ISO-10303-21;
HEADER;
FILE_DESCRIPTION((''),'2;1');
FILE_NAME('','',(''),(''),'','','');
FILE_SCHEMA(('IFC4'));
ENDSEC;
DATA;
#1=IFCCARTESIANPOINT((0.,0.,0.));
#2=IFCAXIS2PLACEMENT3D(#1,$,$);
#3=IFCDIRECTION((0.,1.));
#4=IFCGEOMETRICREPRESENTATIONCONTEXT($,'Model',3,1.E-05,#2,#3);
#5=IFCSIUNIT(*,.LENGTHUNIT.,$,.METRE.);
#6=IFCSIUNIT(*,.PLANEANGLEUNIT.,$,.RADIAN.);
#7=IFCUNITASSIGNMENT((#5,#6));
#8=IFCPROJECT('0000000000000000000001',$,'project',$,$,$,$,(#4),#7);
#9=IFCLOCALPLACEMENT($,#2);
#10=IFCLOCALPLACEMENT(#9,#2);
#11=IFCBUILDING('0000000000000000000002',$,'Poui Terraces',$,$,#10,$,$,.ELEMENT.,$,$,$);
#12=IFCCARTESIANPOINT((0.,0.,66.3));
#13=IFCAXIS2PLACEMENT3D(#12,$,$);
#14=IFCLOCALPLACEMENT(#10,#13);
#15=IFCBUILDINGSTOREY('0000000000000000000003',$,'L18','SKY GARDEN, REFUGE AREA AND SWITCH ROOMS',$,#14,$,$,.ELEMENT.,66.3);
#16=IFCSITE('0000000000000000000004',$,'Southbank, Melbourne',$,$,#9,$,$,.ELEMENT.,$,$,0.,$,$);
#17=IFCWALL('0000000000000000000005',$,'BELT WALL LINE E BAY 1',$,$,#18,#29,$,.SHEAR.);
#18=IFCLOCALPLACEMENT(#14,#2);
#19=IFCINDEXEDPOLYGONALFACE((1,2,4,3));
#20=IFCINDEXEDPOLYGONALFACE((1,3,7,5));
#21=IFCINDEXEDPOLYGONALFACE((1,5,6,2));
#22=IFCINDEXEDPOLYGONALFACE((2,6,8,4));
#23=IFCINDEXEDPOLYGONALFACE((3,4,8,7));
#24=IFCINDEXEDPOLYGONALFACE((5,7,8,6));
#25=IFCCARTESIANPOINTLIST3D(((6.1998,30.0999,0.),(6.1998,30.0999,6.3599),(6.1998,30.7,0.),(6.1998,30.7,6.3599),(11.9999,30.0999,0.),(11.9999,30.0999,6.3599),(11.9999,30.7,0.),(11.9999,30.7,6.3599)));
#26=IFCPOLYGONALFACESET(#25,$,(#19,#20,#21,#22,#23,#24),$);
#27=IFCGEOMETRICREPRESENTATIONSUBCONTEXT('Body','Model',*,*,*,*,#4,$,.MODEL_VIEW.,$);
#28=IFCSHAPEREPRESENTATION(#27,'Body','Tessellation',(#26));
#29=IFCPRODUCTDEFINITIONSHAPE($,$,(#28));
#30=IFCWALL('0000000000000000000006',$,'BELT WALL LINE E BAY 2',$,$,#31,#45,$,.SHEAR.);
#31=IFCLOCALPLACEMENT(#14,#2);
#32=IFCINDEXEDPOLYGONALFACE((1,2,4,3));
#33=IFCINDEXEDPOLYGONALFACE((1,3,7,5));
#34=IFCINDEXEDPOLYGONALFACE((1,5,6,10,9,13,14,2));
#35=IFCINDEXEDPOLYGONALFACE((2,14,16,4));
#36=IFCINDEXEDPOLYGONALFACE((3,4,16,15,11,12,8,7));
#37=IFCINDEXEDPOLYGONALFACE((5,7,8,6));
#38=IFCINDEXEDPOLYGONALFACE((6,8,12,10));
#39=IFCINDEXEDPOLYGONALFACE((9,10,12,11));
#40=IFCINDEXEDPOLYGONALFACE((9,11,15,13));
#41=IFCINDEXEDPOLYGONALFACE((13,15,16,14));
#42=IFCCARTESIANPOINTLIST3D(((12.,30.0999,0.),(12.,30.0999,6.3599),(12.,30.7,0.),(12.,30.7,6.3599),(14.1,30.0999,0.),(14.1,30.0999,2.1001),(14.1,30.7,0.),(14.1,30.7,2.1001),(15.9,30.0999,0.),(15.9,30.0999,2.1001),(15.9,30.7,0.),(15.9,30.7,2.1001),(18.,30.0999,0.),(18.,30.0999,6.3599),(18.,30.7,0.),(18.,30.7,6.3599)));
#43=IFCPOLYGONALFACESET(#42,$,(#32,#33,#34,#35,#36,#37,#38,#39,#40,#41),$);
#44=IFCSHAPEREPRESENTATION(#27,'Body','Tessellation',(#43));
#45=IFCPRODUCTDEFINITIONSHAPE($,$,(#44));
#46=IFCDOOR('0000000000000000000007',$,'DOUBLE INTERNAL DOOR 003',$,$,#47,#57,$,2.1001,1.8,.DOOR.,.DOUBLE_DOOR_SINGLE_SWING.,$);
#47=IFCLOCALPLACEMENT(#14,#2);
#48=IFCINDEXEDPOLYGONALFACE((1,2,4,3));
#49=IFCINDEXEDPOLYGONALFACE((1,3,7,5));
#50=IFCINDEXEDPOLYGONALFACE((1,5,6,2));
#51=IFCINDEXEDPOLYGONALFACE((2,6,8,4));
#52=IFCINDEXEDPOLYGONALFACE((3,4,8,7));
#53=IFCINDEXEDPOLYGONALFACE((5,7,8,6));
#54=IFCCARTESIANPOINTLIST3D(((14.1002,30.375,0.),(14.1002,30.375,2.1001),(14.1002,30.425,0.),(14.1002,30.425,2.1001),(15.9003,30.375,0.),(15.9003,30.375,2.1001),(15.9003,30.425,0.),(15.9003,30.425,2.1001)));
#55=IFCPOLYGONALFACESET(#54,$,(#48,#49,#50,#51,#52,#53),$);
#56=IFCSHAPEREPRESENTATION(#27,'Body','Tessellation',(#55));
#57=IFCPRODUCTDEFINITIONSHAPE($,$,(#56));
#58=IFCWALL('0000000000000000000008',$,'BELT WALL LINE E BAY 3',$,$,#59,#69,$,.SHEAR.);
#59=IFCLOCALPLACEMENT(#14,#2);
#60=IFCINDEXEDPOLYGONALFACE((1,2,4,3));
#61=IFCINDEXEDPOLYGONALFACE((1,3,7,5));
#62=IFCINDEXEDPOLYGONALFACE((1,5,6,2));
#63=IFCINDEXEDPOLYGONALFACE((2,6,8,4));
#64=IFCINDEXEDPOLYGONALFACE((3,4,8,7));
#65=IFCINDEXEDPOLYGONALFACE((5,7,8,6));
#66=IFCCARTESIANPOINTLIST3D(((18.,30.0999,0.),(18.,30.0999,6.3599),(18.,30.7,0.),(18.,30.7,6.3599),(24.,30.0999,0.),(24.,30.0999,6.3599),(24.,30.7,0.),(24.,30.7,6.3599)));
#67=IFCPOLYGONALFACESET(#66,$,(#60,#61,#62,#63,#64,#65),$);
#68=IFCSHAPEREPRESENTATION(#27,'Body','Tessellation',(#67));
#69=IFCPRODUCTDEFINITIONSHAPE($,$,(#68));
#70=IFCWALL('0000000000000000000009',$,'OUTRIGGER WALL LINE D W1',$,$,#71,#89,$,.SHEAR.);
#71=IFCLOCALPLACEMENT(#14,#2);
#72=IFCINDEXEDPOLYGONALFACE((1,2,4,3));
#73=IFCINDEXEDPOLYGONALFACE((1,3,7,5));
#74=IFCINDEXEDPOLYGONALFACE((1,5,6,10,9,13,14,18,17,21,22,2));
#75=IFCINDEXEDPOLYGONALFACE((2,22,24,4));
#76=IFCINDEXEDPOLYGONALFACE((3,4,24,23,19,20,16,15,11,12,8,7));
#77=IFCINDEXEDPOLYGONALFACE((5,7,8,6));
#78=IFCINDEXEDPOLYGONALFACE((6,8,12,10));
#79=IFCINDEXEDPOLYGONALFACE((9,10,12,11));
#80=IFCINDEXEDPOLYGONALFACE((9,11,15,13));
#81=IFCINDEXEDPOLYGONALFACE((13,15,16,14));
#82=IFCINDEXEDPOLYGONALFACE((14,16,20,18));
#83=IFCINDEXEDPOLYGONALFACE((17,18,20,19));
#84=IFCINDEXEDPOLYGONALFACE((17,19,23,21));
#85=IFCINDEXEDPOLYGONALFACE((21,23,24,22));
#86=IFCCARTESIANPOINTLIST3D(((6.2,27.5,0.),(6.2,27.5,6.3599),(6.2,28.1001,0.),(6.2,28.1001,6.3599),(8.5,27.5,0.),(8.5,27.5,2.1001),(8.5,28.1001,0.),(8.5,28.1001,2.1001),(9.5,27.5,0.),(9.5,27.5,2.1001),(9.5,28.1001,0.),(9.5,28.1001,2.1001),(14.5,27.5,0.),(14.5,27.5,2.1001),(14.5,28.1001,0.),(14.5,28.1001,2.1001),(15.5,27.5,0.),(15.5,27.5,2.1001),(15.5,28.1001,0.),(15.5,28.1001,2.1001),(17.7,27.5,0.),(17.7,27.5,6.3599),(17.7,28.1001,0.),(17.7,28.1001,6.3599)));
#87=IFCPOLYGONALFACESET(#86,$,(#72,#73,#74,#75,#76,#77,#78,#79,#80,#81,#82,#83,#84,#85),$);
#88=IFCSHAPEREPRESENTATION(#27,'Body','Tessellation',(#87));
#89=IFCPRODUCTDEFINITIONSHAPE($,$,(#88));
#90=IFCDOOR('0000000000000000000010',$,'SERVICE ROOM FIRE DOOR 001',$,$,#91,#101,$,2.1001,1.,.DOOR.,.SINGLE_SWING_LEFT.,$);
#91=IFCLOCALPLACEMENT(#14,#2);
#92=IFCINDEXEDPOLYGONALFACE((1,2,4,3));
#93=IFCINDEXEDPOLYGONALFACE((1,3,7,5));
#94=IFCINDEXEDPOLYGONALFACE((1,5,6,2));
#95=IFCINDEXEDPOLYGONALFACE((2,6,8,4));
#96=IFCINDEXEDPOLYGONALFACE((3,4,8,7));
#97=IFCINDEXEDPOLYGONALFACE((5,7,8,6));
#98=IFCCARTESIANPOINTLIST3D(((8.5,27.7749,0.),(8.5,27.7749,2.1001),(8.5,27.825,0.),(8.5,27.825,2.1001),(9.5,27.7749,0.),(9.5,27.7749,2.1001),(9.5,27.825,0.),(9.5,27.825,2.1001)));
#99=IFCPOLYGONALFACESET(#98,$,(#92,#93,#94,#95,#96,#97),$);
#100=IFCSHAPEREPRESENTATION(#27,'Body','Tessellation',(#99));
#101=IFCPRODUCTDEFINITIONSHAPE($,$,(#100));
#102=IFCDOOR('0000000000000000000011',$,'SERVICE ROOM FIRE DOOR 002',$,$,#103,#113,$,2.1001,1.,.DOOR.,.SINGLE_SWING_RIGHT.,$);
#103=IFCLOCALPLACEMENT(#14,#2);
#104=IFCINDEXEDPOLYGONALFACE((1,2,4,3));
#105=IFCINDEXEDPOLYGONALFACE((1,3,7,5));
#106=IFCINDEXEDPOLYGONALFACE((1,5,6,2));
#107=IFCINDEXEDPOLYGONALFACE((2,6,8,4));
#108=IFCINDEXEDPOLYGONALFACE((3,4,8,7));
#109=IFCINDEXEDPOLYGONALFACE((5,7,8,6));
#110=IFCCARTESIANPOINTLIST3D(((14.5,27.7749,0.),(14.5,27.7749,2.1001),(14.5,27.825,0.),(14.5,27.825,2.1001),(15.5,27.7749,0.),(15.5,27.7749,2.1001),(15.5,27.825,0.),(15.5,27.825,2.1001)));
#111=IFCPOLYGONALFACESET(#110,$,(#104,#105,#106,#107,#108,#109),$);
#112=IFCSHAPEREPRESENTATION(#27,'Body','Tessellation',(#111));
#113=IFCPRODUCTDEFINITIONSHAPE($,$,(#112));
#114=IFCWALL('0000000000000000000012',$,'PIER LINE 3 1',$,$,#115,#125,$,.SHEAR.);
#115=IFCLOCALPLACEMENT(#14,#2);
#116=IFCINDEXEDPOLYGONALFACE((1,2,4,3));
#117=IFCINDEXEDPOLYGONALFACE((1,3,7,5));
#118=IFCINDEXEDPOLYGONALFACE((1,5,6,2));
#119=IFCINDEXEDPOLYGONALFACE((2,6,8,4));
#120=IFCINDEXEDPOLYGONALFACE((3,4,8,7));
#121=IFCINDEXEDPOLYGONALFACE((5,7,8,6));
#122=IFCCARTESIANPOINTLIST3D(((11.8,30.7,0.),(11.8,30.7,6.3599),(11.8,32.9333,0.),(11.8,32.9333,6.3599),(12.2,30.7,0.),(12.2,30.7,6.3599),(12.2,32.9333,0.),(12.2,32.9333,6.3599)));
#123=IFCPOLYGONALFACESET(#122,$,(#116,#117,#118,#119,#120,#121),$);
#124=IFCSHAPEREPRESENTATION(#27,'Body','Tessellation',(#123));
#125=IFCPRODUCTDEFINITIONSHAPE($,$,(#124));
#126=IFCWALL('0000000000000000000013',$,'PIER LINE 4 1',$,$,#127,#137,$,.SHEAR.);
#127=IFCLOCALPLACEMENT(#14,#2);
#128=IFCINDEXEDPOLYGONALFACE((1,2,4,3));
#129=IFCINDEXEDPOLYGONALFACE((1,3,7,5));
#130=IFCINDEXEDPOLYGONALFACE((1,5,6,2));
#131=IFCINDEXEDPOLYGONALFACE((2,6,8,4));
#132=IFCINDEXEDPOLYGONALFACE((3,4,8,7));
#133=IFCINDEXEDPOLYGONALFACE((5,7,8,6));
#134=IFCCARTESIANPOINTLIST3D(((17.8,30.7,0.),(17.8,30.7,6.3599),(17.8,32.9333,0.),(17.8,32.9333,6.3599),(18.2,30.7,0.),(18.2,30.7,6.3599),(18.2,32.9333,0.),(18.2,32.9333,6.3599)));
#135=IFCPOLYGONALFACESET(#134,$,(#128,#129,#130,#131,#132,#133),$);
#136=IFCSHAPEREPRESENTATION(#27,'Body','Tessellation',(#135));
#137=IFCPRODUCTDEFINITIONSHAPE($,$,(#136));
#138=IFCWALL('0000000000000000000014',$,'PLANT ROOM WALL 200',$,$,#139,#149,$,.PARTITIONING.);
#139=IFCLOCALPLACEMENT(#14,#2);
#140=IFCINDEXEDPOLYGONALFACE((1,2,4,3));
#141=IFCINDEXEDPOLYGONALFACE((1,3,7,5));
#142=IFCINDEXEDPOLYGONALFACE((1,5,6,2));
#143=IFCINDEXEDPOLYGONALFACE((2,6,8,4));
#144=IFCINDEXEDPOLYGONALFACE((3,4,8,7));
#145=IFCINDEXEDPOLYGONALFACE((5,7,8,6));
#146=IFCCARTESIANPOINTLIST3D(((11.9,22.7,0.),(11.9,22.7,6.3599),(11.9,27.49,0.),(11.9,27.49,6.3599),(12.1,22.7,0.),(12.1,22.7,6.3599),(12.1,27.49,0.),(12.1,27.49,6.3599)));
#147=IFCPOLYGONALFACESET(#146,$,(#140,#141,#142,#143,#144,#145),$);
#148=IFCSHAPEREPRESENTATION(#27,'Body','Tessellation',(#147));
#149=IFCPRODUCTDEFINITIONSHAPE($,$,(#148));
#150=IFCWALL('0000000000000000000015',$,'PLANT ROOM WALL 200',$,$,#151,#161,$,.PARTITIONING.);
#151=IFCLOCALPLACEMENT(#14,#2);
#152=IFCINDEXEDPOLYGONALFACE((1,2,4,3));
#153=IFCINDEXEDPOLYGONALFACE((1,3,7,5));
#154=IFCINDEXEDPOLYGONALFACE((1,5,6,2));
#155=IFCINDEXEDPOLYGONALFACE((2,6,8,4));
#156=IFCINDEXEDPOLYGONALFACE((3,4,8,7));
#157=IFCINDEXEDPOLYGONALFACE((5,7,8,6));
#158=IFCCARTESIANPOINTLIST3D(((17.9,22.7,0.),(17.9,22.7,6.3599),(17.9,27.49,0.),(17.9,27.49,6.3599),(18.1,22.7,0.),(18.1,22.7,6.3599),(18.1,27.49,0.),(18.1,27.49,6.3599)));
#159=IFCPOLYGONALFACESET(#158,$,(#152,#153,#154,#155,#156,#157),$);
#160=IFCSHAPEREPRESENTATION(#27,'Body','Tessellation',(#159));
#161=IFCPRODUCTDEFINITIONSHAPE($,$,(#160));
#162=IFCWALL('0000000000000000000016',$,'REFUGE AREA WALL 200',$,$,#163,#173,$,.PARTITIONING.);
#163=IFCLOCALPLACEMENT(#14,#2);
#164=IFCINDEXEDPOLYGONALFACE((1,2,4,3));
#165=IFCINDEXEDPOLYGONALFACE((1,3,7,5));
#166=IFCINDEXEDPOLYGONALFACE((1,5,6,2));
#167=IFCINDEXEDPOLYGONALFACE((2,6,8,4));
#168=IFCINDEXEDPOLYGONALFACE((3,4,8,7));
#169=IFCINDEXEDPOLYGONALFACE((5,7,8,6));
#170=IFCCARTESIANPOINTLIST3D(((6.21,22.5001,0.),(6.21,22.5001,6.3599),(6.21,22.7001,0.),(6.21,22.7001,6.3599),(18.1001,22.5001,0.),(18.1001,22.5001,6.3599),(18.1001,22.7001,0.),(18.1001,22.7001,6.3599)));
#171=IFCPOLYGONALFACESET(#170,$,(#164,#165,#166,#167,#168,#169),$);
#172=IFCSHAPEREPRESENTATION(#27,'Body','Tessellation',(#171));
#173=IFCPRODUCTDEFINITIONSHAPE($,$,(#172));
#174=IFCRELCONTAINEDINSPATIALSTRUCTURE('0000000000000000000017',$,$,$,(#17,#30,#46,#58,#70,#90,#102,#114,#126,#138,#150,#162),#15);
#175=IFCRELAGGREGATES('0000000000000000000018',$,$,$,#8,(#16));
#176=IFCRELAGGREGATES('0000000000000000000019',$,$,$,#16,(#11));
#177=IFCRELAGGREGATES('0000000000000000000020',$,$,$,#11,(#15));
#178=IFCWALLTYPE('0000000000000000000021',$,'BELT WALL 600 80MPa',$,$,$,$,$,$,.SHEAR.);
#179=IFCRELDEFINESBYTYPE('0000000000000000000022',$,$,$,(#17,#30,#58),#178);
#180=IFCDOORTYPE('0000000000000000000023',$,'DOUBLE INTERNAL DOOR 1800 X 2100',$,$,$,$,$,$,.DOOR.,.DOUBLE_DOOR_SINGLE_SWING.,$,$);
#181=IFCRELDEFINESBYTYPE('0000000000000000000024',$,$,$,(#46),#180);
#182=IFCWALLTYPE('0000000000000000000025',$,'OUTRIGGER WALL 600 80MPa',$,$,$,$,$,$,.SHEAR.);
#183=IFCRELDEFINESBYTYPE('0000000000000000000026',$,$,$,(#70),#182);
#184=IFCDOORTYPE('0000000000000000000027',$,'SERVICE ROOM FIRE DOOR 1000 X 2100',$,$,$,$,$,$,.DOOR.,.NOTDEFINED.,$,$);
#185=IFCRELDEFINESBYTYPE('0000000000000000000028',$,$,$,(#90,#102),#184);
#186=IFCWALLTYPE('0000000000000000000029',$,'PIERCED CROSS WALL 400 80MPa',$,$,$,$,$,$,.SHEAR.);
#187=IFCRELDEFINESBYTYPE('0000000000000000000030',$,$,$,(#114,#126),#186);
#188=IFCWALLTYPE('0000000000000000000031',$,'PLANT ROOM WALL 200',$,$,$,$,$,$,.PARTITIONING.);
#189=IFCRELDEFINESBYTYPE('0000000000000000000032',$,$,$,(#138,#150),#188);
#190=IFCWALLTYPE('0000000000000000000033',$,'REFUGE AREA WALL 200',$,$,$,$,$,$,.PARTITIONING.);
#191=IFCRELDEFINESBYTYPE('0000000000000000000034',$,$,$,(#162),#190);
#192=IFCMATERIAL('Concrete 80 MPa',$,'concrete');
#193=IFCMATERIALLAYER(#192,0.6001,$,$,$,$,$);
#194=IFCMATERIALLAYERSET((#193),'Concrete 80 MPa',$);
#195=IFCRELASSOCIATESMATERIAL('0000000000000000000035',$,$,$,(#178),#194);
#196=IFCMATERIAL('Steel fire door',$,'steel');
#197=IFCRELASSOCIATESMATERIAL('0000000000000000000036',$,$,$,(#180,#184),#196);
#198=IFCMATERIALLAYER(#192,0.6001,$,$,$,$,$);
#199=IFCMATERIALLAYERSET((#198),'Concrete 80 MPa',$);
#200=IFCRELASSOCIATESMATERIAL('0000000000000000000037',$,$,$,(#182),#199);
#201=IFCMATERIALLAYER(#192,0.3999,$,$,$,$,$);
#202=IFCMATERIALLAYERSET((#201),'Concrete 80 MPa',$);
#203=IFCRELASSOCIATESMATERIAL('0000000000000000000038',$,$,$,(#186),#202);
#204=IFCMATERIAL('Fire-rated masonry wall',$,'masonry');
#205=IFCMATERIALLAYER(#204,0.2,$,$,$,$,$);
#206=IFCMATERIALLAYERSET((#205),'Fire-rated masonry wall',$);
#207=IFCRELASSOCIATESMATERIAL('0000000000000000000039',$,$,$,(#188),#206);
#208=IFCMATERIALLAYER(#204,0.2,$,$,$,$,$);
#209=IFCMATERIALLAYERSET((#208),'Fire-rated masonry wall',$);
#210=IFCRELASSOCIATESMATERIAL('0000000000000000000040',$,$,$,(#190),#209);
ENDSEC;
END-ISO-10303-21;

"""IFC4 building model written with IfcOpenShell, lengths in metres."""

from ifc_helpers import new_model, si_unit, direction, frame, frame_2d, origin, place, context, subcontext, project, spatial, rectangle, extrude, material, layer, layer_set, type_object, element, fill, save


model = new_model("IFC4")

# Units and contexts
model_context = context("Model", 3, precision=1e-05, world=origin(), true_north=direction((0.0, 1.0)))
body_context = subcontext(model_context, "Body", "Model", "MODEL_VIEW")
ifc_project = project(units=[si_unit("LENGTHUNIT", "METRE"), si_unit("PLANEANGLEUNIT", "RADIAN")], contexts=[model_context])

# Site, building, storey
site_placement = place(None, origin())
site = spatial("IfcSite", under=ifc_project, at=site_placement, Name="Southbank, Melbourne", CompositionType="ELEMENT", RefElevation=0.0)
building_placement = place(site_placement, origin())
building = spatial("IfcBuilding", under=site, at=building_placement, Name="Poui Terraces", CompositionType="ELEMENT")
storey_placement = place(building_placement, frame((0.0, 0.0, 66.3)))
storey = spatial("IfcBuildingStorey", under=building, at=storey_placement, Name="L18", Description="SKY GARDEN, REFUGE AREA AND SWITCH ROOMS", CompositionType="ELEMENT", Elevation=66.3)

# Wall
ifc_material_1 = material(Name="Concrete 80 MPa", Category="concrete")
ifc_layer_1 = layer(ifc_material_1, 0.6001)
ifc_layer_set_1 = layer_set([ifc_layer_1], Name="Concrete 80 MPa")
wall_type_1 = type_object("IfcWallType", Name="BELT WALL 600 80MPa", PredefinedType="SHEAR", material=ifc_layer_set_1)
wall_1_placement = place(storey_placement, frame((6.2, 30.3999, 0.0), z_axis=(0.0, 0.0, 1.0), x_axis=(1.0, 0.0, 0.0)))
element("IfcWall", 1, at=wall_1_placement, inside=storey, type_object=wall_type_1, Name="BELT WALL LINE E BAY 1", PredefinedType="SHEAR", context=body_context, shape_type="SweptSolid", body=[
    extrude(rectangle(XDim=5.8, YDim=0.6001, at=frame_2d((2.8999, 0.0))), origin(), (0.0, 0.0, 1.0), 6.3599),
])

# Wall, opening, door
wall_2_placement = place(storey_placement, frame((12.0, 30.3999, 0.0), z_axis=(0.0, 0.0, 1.0), x_axis=(1.0, 0.0, 0.0)))
wall_2 = element("IfcWall", 2, at=wall_2_placement, inside=storey, type_object=wall_type_1, Name="BELT WALL LINE E BAY 2", PredefinedType="SHEAR", context=body_context, shape_type="SweptSolid", body=[
    extrude(rectangle(XDim=6.0, YDim=0.6001, at=frame_2d((3.0, 0.0))), origin(), (0.0, 0.0, 1.0), 6.3599),
])
opening_1_placement = place(wall_2_placement, frame((2.1001, 0.0, 0.0)))
opening_1 = element("IfcOpeningElement", 3, at=opening_1_placement, cuts=wall_2, PredefinedType="OPENING", context=body_context, shape_type="SweptSolid", body=[
    extrude(rectangle(XDim=1.8, YDim=2.1001, at=frame_2d((0.8999, 1.05))), frame((0.0, 0.3101, 0.0), z_axis=(0.0, -1.0, 0.0), x_axis=(1.0, 0.0, 0.0)), (0.0, 0.0, 1.0), 0.6201),
])
ifc_material_2 = material(Name="Steel fire door", Category="steel")
door_type_1 = type_object("IfcDoorType", Name="DOUBLE INTERNAL DOOR 1800 X 2100", OperationType="DOUBLE_DOOR_SINGLE_SWING", PredefinedType="DOOR", material=ifc_material_2)
door_1_placement = place(opening_1_placement, frame((1.8, 0.0, 0.0), z_axis=(0.0, 0.0, 1.0), x_axis=(-1.0, 0.0, 0.0)))
door_1 = element("IfcDoor", 4, at=door_1_placement, inside=storey, type_object=door_type_1, Name="DOUBLE INTERNAL DOOR 003", OperationType="DOUBLE_DOOR_SINGLE_SWING", OverallHeight=2.1001, OverallWidth=1.8, PredefinedType="DOOR", context=body_context, shape_type="SweptSolid", body=[
    extrude(rectangle(XDim=1.8, YDim=2.1001, at=frame_2d((0.8999, 1.05))), frame((0.0, 0.0249, 0.0), z_axis=(0.0, -1.0, 0.0), x_axis=(1.0, 0.0, 0.0)), (0.0, 0.0, 1.0), 0.05),
])
fill(opening_1, door_1)

# Wall
wall_3_placement = place(storey_placement, frame((18.0, 30.3999, 0.0), z_axis=(0.0, 0.0, 1.0), x_axis=(1.0, 0.0, 0.0)))
element("IfcWall", 5, at=wall_3_placement, inside=storey, type_object=wall_type_1, Name="BELT WALL LINE E BAY 3", PredefinedType="SHEAR", context=body_context, shape_type="SweptSolid", body=[
    extrude(rectangle(XDim=6.0, YDim=0.6001, at=frame_2d((3.0, 0.0))), origin(), (0.0, 0.0, 1.0), 6.3599),
])

# Wall, openings, doors
ifc_layer_2 = layer(ifc_material_1, 0.6001)
ifc_layer_set_2 = layer_set([ifc_layer_2], Name="Concrete 80 MPa")
wall_type_2 = type_object("IfcWallType", Name="OUTRIGGER WALL 600 80MPa", PredefinedType="SHEAR", material=ifc_layer_set_2)
wall_4_placement = place(storey_placement, frame((6.2, 27.8, 0.0), z_axis=(0.0, 0.0, 1.0), x_axis=(1.0, 0.0, 0.0)))
wall_4 = element("IfcWall", 6, at=wall_4_placement, inside=storey, type_object=wall_type_2, Name="OUTRIGGER WALL LINE D W1", PredefinedType="SHEAR", context=body_context, shape_type="SweptSolid", body=[
    extrude(rectangle(XDim=11.5, YDim=0.6001, at=frame_2d((5.75, 0.0))), origin(), (0.0, 0.0, 1.0), 6.3599),
])
opening_2_placement = place(wall_4_placement, frame((2.3, 0.0, 0.0)))
opening_2 = element("IfcOpeningElement", 7, at=opening_2_placement, cuts=wall_4, PredefinedType="OPENING", context=body_context, shape_type="SweptSolid", body=[
    extrude(rectangle(XDim=1.0, YDim=2.1001, at=frame_2d((0.5, 1.05))), frame((0.0, 0.3101, 0.0), z_axis=(0.0, -1.0, 0.0), x_axis=(1.0, 0.0, 0.0)), (0.0, 0.0, 1.0), 0.6201),
])
opening_3_placement = place(wall_4_placement, frame((8.3, 0.0, 0.0)))
opening_3 = element("IfcOpeningElement", 8, at=opening_3_placement, cuts=wall_4, PredefinedType="OPENING", context=body_context, shape_type="SweptSolid", body=[
    extrude(rectangle(XDim=1.0, YDim=2.1001, at=frame_2d((0.5, 1.05))), frame((0.0, 0.3101, 0.0), z_axis=(0.0, -1.0, 0.0), x_axis=(1.0, 0.0, 0.0)), (0.0, 0.0, 1.0), 0.6201),
])
door_type_2 = type_object("IfcDoorType", Name="SERVICE ROOM FIRE DOOR 1000 X 2100", OperationType="NOTDEFINED", PredefinedType="DOOR", material=ifc_material_2)
door_2_placement = place(opening_2_placement, origin())
door_2 = element("IfcDoor", 9, at=door_2_placement, inside=storey, type_object=door_type_2, Name="SERVICE ROOM FIRE DOOR 001", OperationType="SINGLE_SWING_LEFT", OverallHeight=2.1001, OverallWidth=1.0, PredefinedType="DOOR", context=body_context, shape_type="SweptSolid", body=[
    extrude(rectangle(XDim=1.0, YDim=2.1001, at=frame_2d((0.5, 1.05))), frame((0.0, 0.0249, 0.0), z_axis=(0.0, -1.0, 0.0), x_axis=(1.0, 0.0, 0.0)), (0.0, 0.0, 1.0), 0.05),
])
fill(opening_2, door_2)
door_3_placement = place(opening_3_placement, origin())
door_3 = element("IfcDoor", 10, at=door_3_placement, inside=storey, type_object=door_type_2, Name="SERVICE ROOM FIRE DOOR 002", OperationType="SINGLE_SWING_RIGHT", OverallHeight=2.1001, OverallWidth=1.0, PredefinedType="DOOR", context=body_context, shape_type="SweptSolid", body=[
    extrude(rectangle(XDim=1.0, YDim=2.1001, at=frame_2d((0.5, 1.05))), frame((0.0, 0.0249, 0.0), z_axis=(0.0, -1.0, 0.0), x_axis=(1.0, 0.0, 0.0)), (0.0, 0.0, 1.0), 0.05),
])
fill(opening_3, door_3)

# Walls
ifc_layer_3 = layer(ifc_material_1, 0.3999)
ifc_layer_set_3 = layer_set([ifc_layer_3], Name="Concrete 80 MPa")
wall_type_3 = type_object("IfcWallType", Name="PIERCED CROSS WALL 400 80MPa", PredefinedType="SHEAR", material=ifc_layer_set_3)
for number, where, z_axis, x_axis, name in (
    (11, (12.0, 30.7, 0.0), (0.0, 0.0, 1.0), (0.0, 1.0, 0.0), "PIER LINE 3 1"),
    (12, (18.0, 30.7, 0.0), (0.0, 0.0, 1.0), (0.0, 1.0, 0.0), "PIER LINE 4 1"),
):
    element("IfcWall", number, at=place(storey_placement, frame(where, z_axis=z_axis, x_axis=x_axis)), inside=storey, type_object=wall_type_3, Name=name, PredefinedType="SHEAR", context=body_context, shape_type="SweptSolid", body=[
        extrude(rectangle(XDim=2.2334, YDim=0.3999, at=frame_2d((1.1167, 0.0))), origin(), (0.0, 0.0, 1.0), 6.3599),
    ])
ifc_material_3 = material(Name="Fire-rated masonry wall", Category="masonry")
ifc_layer_4 = layer(ifc_material_3, 0.2)
ifc_layer_set_4 = layer_set([ifc_layer_4], Name="Fire-rated masonry wall")
wall_type_4 = type_object("IfcWallType", Name="PLANT ROOM WALL 200", PredefinedType="PARTITIONING", material=ifc_layer_set_4)
for number, where, z_axis, x_axis, name in (
    (13, (12.0, 22.7, 0.0), (0.0, 0.0, 1.0), (0.0, 1.0, 0.0), "PLANT ROOM WALL 200"),
    (14, (18.0, 22.7, 0.0), (0.0, 0.0, 1.0), (0.0, 1.0, 0.0), "PLANT ROOM WALL 200"),
):
    element("IfcWall", number, at=place(storey_placement, frame(where, z_axis=z_axis, x_axis=x_axis)), inside=storey, type_object=wall_type_4, Name=name, PredefinedType="PARTITIONING", context=body_context, shape_type="SweptSolid", body=[
        extrude(rectangle(XDim=4.79, YDim=0.2, at=frame_2d((2.395, 0.0))), origin(), (0.0, 0.0, 1.0), 6.3599),
    ])
ifc_layer_5 = layer(ifc_material_3, 0.2)
ifc_layer_set_5 = layer_set([ifc_layer_5], Name="Fire-rated masonry wall")
wall_type_5 = type_object("IfcWallType", Name="REFUGE AREA WALL 200", PredefinedType="PARTITIONING", material=ifc_layer_set_5)
wall_5_placement = place(storey_placement, frame((6.21, 22.6001, 0.0), z_axis=(0.0, 0.0, 1.0), x_axis=(1.0, 0.0, 0.0)))
element("IfcWall", 15, at=wall_5_placement, inside=storey, type_object=wall_type_5, Name="REFUGE AREA WALL 200", PredefinedType="PARTITIONING", context=body_context, shape_type="SweptSolid", body=[
    extrude(rectangle(XDim=11.8901, YDim=0.2, at=frame_2d((5.9451, 0.0))), origin(), (0.0, 0.0, 1.0), 6.3599),
])

save(model, "model.ifc")
